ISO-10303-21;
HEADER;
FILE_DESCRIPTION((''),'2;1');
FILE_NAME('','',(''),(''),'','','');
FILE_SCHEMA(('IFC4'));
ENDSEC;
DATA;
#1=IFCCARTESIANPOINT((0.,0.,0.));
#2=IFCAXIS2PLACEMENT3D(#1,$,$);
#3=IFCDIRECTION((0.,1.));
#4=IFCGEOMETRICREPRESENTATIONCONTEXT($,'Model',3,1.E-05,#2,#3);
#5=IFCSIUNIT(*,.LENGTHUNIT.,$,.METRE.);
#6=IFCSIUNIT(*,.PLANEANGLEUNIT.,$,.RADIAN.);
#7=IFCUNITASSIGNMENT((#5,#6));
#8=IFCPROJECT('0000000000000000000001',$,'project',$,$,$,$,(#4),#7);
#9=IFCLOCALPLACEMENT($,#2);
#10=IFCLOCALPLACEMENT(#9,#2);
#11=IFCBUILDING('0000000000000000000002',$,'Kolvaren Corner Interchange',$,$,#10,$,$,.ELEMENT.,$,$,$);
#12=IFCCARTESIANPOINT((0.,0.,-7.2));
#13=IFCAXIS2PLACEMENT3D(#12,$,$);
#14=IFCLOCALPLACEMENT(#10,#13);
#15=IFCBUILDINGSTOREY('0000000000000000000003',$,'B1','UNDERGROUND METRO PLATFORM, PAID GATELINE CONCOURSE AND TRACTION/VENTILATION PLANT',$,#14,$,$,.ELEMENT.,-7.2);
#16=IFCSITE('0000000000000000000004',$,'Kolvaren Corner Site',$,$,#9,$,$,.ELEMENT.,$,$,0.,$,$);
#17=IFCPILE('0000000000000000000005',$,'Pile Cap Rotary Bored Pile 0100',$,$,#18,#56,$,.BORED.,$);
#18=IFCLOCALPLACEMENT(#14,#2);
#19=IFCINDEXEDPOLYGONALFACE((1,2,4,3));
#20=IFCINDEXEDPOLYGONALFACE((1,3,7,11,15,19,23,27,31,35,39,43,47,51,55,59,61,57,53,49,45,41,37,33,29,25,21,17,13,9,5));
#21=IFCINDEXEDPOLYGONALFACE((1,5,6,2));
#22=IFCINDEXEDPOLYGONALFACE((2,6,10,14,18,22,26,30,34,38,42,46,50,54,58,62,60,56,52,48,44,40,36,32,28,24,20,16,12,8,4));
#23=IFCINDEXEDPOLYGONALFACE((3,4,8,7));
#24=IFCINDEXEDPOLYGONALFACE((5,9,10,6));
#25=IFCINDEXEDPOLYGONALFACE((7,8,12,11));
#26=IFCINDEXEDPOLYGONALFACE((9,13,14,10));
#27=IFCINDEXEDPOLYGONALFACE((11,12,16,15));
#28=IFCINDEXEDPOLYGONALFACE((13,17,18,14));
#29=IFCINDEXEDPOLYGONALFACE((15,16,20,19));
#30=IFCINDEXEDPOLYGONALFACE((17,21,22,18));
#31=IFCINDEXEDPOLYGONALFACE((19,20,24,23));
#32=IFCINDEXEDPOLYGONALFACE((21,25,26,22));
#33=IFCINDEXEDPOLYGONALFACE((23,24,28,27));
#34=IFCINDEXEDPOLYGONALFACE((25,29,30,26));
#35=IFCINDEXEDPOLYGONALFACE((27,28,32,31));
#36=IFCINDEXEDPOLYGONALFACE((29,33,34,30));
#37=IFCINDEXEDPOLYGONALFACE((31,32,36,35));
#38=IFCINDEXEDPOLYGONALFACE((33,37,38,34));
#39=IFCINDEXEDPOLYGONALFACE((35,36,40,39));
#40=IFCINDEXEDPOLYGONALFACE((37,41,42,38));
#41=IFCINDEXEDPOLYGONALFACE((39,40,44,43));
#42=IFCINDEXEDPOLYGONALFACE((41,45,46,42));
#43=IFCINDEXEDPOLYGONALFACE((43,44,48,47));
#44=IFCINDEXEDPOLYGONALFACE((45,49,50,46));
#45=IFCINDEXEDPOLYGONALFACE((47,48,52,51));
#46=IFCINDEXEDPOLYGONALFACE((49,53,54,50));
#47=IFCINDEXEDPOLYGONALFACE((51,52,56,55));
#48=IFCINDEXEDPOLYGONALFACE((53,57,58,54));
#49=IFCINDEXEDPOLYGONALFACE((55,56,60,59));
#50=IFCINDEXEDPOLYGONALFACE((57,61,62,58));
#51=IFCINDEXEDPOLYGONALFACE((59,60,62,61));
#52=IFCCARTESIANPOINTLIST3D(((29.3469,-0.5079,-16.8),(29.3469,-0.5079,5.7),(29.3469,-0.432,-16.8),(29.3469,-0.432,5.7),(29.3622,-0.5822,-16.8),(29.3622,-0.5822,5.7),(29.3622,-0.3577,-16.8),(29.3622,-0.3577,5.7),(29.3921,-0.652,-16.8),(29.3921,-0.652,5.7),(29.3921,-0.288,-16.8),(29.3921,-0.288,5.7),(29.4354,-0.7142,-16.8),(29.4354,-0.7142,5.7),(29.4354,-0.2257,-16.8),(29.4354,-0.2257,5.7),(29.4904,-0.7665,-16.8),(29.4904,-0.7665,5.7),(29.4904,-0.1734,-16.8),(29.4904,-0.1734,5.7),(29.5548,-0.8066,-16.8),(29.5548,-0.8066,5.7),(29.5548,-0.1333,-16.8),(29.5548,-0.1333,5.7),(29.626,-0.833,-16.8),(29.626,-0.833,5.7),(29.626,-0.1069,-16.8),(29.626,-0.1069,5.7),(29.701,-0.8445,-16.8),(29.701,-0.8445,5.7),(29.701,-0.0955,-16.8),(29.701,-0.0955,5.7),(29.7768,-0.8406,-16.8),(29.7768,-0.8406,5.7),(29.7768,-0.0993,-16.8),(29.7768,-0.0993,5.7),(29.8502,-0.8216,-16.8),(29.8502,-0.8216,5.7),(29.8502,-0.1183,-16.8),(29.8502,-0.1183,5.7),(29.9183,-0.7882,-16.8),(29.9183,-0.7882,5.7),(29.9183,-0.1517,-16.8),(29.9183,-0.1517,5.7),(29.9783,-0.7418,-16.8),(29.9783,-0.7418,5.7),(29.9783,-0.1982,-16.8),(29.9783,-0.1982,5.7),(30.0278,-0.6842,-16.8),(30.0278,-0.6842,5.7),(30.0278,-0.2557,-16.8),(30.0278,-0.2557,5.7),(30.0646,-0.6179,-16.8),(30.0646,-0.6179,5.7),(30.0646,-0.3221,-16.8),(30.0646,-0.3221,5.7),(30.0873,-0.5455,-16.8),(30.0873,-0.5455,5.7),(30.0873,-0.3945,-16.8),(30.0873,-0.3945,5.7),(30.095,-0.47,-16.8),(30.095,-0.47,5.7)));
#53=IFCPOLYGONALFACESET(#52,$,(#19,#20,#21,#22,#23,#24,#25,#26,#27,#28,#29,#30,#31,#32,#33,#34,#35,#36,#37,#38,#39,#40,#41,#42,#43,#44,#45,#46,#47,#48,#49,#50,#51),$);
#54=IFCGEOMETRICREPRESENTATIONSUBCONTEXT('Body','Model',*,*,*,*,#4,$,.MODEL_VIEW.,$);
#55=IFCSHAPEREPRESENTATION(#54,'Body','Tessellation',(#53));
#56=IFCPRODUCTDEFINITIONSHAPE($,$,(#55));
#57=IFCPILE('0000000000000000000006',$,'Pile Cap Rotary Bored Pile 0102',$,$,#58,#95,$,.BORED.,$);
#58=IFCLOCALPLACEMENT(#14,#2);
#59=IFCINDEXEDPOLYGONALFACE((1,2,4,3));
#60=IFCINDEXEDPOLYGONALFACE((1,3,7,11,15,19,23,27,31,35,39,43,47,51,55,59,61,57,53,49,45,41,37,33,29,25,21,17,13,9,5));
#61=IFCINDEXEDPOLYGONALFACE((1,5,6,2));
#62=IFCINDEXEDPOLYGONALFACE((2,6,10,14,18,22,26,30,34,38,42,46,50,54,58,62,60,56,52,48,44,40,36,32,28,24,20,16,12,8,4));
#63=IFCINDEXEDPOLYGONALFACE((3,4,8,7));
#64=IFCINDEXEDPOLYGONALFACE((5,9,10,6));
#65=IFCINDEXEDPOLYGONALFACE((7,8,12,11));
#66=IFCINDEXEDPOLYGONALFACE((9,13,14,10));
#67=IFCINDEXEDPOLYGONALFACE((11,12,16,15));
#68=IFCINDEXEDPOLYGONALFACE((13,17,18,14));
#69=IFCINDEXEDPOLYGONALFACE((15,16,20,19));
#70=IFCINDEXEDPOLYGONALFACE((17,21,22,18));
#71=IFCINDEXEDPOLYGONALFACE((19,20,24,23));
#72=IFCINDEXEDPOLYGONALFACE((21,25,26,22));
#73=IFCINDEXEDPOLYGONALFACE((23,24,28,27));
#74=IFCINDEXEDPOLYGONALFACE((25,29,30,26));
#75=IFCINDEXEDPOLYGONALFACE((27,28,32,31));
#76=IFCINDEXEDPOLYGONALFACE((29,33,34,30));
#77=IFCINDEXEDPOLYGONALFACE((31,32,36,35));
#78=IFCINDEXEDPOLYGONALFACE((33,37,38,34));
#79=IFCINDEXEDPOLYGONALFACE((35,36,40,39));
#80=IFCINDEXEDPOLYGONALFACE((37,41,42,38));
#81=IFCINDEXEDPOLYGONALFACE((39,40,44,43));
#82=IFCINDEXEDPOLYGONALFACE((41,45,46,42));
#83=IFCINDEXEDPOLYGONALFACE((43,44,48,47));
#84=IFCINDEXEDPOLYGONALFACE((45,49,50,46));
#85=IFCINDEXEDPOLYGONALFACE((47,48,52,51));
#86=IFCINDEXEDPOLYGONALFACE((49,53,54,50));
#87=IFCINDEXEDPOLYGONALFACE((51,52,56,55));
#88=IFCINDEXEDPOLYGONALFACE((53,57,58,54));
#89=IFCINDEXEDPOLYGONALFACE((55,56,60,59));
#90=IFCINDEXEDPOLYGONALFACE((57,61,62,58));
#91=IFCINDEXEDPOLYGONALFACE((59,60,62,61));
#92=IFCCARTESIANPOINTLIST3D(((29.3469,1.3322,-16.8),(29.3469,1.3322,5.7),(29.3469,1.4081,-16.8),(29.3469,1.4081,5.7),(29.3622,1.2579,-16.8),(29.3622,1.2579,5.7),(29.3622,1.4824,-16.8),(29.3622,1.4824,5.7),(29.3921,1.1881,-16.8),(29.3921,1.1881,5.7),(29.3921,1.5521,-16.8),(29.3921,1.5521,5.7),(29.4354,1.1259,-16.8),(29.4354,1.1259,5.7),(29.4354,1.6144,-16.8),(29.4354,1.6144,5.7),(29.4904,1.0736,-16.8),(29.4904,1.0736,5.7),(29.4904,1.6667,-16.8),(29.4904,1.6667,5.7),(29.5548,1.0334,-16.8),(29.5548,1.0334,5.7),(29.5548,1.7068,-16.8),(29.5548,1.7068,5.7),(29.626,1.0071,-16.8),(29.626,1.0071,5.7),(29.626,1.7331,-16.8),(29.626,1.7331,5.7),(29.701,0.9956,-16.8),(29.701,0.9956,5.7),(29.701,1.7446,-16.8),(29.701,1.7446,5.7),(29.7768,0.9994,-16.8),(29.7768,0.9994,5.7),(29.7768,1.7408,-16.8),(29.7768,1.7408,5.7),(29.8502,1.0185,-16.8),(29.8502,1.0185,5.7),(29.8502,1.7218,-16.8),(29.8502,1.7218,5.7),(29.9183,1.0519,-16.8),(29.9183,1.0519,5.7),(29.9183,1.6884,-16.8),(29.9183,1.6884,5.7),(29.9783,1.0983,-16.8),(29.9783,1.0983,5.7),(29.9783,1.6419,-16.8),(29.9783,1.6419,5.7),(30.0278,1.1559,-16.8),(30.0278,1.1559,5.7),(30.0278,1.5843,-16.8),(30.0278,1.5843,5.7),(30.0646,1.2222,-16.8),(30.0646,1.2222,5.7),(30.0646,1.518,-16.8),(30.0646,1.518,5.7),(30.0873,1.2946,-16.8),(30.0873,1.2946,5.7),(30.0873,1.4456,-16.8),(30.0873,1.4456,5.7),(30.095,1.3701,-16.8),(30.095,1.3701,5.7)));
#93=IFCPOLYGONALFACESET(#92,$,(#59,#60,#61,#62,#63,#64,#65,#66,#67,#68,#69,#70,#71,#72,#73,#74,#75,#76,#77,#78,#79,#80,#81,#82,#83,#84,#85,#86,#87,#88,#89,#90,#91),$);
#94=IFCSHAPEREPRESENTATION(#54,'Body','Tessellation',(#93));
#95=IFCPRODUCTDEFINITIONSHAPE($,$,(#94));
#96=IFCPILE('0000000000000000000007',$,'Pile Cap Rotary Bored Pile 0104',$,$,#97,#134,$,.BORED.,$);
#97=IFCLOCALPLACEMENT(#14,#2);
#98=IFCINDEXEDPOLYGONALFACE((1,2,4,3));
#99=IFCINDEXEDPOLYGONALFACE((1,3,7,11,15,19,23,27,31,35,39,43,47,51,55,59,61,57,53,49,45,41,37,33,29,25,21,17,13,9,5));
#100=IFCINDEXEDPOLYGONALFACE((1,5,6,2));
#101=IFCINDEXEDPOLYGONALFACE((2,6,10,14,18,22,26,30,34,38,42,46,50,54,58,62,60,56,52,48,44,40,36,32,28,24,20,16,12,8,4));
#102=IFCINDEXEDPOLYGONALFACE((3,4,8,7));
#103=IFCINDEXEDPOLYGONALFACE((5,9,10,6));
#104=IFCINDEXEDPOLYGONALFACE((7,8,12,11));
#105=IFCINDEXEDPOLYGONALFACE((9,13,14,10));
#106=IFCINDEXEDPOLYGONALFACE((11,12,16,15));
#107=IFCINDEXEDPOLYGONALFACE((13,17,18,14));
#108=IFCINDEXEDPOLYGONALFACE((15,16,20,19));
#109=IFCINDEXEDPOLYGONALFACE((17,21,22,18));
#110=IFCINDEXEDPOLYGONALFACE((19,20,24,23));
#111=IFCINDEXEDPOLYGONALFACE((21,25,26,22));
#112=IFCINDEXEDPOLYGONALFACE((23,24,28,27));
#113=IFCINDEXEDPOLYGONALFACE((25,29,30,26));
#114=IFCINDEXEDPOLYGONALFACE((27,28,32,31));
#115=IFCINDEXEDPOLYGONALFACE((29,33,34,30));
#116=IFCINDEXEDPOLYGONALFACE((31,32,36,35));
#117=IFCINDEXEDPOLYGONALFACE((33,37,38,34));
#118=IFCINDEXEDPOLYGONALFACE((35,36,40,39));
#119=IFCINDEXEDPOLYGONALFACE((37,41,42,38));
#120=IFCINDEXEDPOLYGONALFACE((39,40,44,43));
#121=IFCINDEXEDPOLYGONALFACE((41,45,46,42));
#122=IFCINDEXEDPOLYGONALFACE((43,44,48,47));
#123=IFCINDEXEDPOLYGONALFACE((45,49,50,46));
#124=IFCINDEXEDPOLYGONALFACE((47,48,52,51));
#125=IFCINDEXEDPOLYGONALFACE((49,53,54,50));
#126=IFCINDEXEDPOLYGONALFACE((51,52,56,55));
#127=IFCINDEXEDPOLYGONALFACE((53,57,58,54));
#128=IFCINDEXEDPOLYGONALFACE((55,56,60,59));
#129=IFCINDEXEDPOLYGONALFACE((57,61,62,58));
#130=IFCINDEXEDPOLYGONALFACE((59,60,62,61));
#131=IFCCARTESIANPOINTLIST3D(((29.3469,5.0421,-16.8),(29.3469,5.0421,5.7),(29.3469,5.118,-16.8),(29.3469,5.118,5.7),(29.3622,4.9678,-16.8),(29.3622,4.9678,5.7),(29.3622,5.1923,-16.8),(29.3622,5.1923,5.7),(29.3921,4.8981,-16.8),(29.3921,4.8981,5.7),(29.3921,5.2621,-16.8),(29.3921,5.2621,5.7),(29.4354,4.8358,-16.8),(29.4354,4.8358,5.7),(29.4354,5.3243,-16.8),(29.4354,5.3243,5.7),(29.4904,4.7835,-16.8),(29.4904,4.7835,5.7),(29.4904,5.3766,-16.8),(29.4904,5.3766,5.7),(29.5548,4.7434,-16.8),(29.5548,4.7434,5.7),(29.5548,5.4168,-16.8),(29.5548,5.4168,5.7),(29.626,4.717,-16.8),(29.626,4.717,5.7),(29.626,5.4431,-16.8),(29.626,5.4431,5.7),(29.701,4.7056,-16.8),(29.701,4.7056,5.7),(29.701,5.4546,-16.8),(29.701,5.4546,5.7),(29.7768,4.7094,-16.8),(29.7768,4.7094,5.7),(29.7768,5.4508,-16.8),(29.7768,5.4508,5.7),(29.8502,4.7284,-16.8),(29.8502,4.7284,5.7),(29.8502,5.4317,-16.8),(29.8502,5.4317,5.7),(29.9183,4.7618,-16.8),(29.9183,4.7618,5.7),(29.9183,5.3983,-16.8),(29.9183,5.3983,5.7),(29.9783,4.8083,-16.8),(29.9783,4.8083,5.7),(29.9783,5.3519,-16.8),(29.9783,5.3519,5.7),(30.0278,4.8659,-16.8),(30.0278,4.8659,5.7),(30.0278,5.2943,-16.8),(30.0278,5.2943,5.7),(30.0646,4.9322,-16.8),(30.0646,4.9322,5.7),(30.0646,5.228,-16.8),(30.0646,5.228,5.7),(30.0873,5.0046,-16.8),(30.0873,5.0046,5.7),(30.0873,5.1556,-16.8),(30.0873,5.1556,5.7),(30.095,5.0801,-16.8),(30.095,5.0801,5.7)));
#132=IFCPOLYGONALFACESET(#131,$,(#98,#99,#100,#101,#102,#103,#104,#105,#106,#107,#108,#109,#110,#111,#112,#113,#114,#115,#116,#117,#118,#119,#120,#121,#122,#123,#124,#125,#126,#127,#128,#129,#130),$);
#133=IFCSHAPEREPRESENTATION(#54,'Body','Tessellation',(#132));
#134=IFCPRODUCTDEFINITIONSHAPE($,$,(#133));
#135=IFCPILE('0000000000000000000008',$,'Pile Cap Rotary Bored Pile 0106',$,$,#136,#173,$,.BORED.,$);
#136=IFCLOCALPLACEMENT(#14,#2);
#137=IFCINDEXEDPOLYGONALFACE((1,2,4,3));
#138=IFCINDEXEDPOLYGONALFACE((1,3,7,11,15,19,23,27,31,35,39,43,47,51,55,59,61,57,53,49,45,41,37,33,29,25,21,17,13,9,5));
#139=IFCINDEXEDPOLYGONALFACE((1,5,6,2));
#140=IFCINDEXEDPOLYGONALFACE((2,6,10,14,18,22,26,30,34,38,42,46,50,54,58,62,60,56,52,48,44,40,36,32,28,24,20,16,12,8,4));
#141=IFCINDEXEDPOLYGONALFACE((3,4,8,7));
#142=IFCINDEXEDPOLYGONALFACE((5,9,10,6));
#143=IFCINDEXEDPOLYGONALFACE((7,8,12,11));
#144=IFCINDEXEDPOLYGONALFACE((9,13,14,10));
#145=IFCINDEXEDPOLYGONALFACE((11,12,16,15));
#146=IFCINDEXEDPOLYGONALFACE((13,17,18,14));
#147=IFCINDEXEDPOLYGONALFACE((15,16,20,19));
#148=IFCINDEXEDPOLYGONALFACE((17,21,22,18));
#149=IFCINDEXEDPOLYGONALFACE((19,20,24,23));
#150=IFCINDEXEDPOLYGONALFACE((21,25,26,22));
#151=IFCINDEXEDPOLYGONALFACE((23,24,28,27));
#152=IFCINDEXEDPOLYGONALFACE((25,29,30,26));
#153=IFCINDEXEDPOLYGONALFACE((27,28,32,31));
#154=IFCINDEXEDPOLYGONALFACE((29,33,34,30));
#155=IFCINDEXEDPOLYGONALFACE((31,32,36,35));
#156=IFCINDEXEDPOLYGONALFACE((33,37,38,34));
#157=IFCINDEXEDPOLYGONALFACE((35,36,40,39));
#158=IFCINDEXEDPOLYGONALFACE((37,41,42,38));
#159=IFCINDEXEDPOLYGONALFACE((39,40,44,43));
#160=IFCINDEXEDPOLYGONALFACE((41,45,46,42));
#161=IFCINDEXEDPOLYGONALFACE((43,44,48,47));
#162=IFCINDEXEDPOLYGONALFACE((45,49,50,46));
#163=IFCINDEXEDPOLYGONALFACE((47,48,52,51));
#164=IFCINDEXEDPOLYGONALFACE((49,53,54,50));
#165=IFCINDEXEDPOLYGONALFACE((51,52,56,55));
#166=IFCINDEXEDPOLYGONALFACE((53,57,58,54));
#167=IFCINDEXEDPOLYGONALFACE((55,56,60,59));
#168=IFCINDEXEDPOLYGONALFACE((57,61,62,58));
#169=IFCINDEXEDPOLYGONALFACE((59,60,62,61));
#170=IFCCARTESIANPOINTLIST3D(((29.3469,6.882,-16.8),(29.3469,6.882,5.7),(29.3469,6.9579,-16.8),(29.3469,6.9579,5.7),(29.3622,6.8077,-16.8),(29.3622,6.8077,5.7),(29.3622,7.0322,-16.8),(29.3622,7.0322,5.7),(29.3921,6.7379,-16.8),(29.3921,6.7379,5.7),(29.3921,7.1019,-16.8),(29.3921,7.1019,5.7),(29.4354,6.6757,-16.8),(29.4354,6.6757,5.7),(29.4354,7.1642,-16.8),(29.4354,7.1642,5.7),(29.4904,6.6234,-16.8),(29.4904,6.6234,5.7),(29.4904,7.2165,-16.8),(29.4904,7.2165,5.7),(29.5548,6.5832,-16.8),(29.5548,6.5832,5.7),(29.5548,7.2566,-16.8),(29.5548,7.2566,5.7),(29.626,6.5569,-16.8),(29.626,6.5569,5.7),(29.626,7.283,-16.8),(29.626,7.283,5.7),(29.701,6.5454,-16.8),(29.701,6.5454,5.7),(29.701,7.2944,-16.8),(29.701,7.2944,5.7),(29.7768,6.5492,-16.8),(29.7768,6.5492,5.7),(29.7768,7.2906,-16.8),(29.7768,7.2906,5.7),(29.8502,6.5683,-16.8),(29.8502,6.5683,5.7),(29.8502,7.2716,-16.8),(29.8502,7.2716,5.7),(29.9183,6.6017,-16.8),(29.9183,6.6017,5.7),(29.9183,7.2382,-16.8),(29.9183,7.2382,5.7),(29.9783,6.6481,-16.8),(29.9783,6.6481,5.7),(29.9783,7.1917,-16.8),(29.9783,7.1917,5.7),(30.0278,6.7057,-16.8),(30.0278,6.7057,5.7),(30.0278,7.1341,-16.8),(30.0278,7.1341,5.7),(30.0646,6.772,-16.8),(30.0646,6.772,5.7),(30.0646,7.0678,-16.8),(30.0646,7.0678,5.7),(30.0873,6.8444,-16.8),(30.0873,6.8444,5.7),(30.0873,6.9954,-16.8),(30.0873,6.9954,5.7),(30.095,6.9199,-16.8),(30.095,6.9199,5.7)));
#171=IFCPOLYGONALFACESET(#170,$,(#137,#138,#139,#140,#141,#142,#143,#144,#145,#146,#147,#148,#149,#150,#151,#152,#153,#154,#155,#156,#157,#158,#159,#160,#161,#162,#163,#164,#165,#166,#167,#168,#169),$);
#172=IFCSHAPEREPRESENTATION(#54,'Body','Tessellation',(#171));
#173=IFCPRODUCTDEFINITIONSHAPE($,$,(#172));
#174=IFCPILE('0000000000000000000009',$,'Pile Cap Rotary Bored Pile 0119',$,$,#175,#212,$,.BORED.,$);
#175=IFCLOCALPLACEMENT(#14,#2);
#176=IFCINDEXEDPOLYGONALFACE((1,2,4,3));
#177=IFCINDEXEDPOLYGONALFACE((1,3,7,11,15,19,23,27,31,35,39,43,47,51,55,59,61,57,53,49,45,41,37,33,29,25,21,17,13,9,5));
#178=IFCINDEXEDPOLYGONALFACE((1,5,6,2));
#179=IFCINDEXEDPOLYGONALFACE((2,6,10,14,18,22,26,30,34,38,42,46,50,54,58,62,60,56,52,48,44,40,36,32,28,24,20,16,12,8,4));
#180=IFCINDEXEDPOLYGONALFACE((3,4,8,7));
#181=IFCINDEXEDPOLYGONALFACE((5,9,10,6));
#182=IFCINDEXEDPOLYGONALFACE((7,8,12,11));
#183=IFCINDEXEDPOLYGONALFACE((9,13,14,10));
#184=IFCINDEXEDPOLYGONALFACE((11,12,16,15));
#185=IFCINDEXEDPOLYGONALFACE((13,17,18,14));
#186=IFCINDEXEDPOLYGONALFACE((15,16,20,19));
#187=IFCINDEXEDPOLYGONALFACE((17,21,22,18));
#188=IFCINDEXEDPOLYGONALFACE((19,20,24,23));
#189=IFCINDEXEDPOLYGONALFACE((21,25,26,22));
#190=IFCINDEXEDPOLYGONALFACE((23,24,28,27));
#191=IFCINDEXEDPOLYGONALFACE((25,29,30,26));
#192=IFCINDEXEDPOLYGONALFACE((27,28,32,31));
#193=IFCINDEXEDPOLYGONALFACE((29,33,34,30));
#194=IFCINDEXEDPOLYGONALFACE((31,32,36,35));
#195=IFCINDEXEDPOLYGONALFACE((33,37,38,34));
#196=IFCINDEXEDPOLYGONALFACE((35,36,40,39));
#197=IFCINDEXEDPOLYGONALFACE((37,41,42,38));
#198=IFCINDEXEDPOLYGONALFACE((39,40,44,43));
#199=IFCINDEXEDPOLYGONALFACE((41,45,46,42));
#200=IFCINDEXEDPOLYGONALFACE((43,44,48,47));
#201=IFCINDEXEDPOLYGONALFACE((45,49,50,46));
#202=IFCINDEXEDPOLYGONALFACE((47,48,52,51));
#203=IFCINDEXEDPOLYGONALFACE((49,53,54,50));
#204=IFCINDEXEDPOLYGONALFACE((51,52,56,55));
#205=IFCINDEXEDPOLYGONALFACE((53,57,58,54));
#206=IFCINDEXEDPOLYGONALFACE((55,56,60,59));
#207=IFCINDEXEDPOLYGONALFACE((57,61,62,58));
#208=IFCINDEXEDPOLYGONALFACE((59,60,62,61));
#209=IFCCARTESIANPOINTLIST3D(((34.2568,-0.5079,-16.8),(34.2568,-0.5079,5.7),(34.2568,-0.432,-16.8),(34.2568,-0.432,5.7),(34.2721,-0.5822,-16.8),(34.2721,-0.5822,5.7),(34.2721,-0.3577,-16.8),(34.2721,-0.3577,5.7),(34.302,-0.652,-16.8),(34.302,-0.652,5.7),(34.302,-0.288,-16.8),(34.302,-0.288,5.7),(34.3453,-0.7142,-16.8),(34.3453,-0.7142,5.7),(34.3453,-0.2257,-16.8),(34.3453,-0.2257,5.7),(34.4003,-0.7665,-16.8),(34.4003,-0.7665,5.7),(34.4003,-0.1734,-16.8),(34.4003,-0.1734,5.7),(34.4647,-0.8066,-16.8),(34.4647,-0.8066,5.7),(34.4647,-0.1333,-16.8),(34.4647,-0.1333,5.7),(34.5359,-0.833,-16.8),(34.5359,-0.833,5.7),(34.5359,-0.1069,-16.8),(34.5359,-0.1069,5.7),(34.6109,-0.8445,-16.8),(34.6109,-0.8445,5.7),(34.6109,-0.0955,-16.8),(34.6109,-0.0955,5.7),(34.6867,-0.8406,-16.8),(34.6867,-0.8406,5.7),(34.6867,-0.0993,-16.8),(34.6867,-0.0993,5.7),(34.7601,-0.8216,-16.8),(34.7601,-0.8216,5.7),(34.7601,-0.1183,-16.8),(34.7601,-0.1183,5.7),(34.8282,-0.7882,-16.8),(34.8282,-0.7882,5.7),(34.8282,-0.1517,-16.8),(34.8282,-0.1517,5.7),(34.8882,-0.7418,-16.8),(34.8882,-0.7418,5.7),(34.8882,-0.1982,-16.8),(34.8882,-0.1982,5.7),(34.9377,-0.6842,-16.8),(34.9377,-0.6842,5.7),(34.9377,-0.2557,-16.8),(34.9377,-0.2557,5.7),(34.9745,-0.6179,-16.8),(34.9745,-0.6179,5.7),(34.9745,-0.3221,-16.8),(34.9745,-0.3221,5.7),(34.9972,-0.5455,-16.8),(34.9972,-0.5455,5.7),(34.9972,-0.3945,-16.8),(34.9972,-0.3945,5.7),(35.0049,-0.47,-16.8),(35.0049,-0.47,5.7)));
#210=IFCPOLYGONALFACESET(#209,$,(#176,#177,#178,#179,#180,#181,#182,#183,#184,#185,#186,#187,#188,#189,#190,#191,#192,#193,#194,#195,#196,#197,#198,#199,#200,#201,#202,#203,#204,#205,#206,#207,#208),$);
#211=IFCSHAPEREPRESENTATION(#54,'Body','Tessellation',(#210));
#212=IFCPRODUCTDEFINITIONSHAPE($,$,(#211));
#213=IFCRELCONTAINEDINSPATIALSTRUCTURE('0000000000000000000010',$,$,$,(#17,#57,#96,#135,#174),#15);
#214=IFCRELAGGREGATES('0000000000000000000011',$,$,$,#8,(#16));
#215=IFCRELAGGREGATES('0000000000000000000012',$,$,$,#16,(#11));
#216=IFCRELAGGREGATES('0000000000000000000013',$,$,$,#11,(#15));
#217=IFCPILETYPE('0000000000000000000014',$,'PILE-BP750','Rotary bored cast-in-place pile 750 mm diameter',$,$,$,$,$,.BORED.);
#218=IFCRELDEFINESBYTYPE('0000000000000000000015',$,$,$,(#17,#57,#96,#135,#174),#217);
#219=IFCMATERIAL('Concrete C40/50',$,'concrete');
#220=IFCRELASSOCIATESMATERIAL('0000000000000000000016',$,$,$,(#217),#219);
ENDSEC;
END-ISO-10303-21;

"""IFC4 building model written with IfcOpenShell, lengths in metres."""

from ifc_helpers import new_model, si_unit, direction, frame, origin, origin_2d, place, context, subcontext, project, spatial, circle, extrude, material, material_profile, profile_set, type_object, element, save


model = new_model("IFC4")

# Units and contexts
model_context = context("Model", 3, precision=1e-05, world=origin(), true_north=direction((0.0, 1.0)))
body_context = subcontext(model_context, "Body", "Model", "MODEL_VIEW")
ifc_project = project(units=[si_unit("LENGTHUNIT", "METRE"), si_unit("PLANEANGLEUNIT", "RADIAN")], contexts=[model_context])

# Site, building, storey
site_placement = place(None, origin())
site = spatial("IfcSite", under=ifc_project, at=site_placement, Name="Kolvaren Corner Site", CompositionType="ELEMENT", RefElevation=0.0)
building_placement = place(site_placement, origin())
building = spatial("IfcBuilding", under=site, at=building_placement, Name="Kolvaren Corner Interchange", CompositionType="ELEMENT")
storey_placement = place(building_placement, frame((0.0, 0.0, -7.2)))
storey = spatial("IfcBuildingStorey", under=building, at=storey_placement, Name="B1", Description="UNDERGROUND METRO PLATFORM, PAID GATELINE CONCOURSE AND TRACTION/VENTILATION PLANT", CompositionType="ELEMENT", Elevation=-7.2)

# Piles
ifc_material_1 = material(Name="Concrete C40/50", Category="concrete")
ifc_material_profile_1 = material_profile(ifc_material_1, circle(Radius=0.375, at=origin_2d()), Name="BORED PILE 750")
ifc_profile_set_1 = profile_set([ifc_material_profile_1], Name="Concrete C40/50")
pile_type_1 = type_object("IfcPileType", Name="PILE-BP750", Description="Rotary bored cast-in-place pile 750 mm diameter", PredefinedType="BORED", material=ifc_profile_set_1)
for number, where, z_axis, x_axis, name in (
    (1, (29.72, -0.47, 5.7), (0.0, 0.0, -1.0), (1.0, 0.0, 0.0), "Pile Cap Rotary Bored Pile 0100"),
    (2, (29.72, 1.3701, 5.7), (0.0, 0.0, -1.0), (1.0, 0.0, 0.0), "Pile Cap Rotary Bored Pile 0102"),
    (3, (29.72, 5.0801, 5.7), (0.0, 0.0, -1.0), (1.0, 0.0, 0.0), "Pile Cap Rotary Bored Pile 0104"),
    (4, (29.72, 6.9199, 5.7), (0.0, 0.0, -1.0), (1.0, 0.0, 0.0), "Pile Cap Rotary Bored Pile 0106"),
    (5, (34.6299, -0.47, 5.7), (0.0, 0.0, -1.0), (1.0, 0.0, 0.0), "Pile Cap Rotary Bored Pile 0119"),
):
    element("IfcPile", number, at=place(storey_placement, frame(where, z_axis=z_axis, x_axis=x_axis)), inside=storey, type_object=pile_type_1, Name=name, PredefinedType="BORED", context=body_context, shape_type="SweptSolid", body=[
        extrude(circle(Radius=0.375, at=origin_2d()), origin(), (0.0, 0.0, 1.0), 22.5),
    ])

save(model, "model.ifc")
